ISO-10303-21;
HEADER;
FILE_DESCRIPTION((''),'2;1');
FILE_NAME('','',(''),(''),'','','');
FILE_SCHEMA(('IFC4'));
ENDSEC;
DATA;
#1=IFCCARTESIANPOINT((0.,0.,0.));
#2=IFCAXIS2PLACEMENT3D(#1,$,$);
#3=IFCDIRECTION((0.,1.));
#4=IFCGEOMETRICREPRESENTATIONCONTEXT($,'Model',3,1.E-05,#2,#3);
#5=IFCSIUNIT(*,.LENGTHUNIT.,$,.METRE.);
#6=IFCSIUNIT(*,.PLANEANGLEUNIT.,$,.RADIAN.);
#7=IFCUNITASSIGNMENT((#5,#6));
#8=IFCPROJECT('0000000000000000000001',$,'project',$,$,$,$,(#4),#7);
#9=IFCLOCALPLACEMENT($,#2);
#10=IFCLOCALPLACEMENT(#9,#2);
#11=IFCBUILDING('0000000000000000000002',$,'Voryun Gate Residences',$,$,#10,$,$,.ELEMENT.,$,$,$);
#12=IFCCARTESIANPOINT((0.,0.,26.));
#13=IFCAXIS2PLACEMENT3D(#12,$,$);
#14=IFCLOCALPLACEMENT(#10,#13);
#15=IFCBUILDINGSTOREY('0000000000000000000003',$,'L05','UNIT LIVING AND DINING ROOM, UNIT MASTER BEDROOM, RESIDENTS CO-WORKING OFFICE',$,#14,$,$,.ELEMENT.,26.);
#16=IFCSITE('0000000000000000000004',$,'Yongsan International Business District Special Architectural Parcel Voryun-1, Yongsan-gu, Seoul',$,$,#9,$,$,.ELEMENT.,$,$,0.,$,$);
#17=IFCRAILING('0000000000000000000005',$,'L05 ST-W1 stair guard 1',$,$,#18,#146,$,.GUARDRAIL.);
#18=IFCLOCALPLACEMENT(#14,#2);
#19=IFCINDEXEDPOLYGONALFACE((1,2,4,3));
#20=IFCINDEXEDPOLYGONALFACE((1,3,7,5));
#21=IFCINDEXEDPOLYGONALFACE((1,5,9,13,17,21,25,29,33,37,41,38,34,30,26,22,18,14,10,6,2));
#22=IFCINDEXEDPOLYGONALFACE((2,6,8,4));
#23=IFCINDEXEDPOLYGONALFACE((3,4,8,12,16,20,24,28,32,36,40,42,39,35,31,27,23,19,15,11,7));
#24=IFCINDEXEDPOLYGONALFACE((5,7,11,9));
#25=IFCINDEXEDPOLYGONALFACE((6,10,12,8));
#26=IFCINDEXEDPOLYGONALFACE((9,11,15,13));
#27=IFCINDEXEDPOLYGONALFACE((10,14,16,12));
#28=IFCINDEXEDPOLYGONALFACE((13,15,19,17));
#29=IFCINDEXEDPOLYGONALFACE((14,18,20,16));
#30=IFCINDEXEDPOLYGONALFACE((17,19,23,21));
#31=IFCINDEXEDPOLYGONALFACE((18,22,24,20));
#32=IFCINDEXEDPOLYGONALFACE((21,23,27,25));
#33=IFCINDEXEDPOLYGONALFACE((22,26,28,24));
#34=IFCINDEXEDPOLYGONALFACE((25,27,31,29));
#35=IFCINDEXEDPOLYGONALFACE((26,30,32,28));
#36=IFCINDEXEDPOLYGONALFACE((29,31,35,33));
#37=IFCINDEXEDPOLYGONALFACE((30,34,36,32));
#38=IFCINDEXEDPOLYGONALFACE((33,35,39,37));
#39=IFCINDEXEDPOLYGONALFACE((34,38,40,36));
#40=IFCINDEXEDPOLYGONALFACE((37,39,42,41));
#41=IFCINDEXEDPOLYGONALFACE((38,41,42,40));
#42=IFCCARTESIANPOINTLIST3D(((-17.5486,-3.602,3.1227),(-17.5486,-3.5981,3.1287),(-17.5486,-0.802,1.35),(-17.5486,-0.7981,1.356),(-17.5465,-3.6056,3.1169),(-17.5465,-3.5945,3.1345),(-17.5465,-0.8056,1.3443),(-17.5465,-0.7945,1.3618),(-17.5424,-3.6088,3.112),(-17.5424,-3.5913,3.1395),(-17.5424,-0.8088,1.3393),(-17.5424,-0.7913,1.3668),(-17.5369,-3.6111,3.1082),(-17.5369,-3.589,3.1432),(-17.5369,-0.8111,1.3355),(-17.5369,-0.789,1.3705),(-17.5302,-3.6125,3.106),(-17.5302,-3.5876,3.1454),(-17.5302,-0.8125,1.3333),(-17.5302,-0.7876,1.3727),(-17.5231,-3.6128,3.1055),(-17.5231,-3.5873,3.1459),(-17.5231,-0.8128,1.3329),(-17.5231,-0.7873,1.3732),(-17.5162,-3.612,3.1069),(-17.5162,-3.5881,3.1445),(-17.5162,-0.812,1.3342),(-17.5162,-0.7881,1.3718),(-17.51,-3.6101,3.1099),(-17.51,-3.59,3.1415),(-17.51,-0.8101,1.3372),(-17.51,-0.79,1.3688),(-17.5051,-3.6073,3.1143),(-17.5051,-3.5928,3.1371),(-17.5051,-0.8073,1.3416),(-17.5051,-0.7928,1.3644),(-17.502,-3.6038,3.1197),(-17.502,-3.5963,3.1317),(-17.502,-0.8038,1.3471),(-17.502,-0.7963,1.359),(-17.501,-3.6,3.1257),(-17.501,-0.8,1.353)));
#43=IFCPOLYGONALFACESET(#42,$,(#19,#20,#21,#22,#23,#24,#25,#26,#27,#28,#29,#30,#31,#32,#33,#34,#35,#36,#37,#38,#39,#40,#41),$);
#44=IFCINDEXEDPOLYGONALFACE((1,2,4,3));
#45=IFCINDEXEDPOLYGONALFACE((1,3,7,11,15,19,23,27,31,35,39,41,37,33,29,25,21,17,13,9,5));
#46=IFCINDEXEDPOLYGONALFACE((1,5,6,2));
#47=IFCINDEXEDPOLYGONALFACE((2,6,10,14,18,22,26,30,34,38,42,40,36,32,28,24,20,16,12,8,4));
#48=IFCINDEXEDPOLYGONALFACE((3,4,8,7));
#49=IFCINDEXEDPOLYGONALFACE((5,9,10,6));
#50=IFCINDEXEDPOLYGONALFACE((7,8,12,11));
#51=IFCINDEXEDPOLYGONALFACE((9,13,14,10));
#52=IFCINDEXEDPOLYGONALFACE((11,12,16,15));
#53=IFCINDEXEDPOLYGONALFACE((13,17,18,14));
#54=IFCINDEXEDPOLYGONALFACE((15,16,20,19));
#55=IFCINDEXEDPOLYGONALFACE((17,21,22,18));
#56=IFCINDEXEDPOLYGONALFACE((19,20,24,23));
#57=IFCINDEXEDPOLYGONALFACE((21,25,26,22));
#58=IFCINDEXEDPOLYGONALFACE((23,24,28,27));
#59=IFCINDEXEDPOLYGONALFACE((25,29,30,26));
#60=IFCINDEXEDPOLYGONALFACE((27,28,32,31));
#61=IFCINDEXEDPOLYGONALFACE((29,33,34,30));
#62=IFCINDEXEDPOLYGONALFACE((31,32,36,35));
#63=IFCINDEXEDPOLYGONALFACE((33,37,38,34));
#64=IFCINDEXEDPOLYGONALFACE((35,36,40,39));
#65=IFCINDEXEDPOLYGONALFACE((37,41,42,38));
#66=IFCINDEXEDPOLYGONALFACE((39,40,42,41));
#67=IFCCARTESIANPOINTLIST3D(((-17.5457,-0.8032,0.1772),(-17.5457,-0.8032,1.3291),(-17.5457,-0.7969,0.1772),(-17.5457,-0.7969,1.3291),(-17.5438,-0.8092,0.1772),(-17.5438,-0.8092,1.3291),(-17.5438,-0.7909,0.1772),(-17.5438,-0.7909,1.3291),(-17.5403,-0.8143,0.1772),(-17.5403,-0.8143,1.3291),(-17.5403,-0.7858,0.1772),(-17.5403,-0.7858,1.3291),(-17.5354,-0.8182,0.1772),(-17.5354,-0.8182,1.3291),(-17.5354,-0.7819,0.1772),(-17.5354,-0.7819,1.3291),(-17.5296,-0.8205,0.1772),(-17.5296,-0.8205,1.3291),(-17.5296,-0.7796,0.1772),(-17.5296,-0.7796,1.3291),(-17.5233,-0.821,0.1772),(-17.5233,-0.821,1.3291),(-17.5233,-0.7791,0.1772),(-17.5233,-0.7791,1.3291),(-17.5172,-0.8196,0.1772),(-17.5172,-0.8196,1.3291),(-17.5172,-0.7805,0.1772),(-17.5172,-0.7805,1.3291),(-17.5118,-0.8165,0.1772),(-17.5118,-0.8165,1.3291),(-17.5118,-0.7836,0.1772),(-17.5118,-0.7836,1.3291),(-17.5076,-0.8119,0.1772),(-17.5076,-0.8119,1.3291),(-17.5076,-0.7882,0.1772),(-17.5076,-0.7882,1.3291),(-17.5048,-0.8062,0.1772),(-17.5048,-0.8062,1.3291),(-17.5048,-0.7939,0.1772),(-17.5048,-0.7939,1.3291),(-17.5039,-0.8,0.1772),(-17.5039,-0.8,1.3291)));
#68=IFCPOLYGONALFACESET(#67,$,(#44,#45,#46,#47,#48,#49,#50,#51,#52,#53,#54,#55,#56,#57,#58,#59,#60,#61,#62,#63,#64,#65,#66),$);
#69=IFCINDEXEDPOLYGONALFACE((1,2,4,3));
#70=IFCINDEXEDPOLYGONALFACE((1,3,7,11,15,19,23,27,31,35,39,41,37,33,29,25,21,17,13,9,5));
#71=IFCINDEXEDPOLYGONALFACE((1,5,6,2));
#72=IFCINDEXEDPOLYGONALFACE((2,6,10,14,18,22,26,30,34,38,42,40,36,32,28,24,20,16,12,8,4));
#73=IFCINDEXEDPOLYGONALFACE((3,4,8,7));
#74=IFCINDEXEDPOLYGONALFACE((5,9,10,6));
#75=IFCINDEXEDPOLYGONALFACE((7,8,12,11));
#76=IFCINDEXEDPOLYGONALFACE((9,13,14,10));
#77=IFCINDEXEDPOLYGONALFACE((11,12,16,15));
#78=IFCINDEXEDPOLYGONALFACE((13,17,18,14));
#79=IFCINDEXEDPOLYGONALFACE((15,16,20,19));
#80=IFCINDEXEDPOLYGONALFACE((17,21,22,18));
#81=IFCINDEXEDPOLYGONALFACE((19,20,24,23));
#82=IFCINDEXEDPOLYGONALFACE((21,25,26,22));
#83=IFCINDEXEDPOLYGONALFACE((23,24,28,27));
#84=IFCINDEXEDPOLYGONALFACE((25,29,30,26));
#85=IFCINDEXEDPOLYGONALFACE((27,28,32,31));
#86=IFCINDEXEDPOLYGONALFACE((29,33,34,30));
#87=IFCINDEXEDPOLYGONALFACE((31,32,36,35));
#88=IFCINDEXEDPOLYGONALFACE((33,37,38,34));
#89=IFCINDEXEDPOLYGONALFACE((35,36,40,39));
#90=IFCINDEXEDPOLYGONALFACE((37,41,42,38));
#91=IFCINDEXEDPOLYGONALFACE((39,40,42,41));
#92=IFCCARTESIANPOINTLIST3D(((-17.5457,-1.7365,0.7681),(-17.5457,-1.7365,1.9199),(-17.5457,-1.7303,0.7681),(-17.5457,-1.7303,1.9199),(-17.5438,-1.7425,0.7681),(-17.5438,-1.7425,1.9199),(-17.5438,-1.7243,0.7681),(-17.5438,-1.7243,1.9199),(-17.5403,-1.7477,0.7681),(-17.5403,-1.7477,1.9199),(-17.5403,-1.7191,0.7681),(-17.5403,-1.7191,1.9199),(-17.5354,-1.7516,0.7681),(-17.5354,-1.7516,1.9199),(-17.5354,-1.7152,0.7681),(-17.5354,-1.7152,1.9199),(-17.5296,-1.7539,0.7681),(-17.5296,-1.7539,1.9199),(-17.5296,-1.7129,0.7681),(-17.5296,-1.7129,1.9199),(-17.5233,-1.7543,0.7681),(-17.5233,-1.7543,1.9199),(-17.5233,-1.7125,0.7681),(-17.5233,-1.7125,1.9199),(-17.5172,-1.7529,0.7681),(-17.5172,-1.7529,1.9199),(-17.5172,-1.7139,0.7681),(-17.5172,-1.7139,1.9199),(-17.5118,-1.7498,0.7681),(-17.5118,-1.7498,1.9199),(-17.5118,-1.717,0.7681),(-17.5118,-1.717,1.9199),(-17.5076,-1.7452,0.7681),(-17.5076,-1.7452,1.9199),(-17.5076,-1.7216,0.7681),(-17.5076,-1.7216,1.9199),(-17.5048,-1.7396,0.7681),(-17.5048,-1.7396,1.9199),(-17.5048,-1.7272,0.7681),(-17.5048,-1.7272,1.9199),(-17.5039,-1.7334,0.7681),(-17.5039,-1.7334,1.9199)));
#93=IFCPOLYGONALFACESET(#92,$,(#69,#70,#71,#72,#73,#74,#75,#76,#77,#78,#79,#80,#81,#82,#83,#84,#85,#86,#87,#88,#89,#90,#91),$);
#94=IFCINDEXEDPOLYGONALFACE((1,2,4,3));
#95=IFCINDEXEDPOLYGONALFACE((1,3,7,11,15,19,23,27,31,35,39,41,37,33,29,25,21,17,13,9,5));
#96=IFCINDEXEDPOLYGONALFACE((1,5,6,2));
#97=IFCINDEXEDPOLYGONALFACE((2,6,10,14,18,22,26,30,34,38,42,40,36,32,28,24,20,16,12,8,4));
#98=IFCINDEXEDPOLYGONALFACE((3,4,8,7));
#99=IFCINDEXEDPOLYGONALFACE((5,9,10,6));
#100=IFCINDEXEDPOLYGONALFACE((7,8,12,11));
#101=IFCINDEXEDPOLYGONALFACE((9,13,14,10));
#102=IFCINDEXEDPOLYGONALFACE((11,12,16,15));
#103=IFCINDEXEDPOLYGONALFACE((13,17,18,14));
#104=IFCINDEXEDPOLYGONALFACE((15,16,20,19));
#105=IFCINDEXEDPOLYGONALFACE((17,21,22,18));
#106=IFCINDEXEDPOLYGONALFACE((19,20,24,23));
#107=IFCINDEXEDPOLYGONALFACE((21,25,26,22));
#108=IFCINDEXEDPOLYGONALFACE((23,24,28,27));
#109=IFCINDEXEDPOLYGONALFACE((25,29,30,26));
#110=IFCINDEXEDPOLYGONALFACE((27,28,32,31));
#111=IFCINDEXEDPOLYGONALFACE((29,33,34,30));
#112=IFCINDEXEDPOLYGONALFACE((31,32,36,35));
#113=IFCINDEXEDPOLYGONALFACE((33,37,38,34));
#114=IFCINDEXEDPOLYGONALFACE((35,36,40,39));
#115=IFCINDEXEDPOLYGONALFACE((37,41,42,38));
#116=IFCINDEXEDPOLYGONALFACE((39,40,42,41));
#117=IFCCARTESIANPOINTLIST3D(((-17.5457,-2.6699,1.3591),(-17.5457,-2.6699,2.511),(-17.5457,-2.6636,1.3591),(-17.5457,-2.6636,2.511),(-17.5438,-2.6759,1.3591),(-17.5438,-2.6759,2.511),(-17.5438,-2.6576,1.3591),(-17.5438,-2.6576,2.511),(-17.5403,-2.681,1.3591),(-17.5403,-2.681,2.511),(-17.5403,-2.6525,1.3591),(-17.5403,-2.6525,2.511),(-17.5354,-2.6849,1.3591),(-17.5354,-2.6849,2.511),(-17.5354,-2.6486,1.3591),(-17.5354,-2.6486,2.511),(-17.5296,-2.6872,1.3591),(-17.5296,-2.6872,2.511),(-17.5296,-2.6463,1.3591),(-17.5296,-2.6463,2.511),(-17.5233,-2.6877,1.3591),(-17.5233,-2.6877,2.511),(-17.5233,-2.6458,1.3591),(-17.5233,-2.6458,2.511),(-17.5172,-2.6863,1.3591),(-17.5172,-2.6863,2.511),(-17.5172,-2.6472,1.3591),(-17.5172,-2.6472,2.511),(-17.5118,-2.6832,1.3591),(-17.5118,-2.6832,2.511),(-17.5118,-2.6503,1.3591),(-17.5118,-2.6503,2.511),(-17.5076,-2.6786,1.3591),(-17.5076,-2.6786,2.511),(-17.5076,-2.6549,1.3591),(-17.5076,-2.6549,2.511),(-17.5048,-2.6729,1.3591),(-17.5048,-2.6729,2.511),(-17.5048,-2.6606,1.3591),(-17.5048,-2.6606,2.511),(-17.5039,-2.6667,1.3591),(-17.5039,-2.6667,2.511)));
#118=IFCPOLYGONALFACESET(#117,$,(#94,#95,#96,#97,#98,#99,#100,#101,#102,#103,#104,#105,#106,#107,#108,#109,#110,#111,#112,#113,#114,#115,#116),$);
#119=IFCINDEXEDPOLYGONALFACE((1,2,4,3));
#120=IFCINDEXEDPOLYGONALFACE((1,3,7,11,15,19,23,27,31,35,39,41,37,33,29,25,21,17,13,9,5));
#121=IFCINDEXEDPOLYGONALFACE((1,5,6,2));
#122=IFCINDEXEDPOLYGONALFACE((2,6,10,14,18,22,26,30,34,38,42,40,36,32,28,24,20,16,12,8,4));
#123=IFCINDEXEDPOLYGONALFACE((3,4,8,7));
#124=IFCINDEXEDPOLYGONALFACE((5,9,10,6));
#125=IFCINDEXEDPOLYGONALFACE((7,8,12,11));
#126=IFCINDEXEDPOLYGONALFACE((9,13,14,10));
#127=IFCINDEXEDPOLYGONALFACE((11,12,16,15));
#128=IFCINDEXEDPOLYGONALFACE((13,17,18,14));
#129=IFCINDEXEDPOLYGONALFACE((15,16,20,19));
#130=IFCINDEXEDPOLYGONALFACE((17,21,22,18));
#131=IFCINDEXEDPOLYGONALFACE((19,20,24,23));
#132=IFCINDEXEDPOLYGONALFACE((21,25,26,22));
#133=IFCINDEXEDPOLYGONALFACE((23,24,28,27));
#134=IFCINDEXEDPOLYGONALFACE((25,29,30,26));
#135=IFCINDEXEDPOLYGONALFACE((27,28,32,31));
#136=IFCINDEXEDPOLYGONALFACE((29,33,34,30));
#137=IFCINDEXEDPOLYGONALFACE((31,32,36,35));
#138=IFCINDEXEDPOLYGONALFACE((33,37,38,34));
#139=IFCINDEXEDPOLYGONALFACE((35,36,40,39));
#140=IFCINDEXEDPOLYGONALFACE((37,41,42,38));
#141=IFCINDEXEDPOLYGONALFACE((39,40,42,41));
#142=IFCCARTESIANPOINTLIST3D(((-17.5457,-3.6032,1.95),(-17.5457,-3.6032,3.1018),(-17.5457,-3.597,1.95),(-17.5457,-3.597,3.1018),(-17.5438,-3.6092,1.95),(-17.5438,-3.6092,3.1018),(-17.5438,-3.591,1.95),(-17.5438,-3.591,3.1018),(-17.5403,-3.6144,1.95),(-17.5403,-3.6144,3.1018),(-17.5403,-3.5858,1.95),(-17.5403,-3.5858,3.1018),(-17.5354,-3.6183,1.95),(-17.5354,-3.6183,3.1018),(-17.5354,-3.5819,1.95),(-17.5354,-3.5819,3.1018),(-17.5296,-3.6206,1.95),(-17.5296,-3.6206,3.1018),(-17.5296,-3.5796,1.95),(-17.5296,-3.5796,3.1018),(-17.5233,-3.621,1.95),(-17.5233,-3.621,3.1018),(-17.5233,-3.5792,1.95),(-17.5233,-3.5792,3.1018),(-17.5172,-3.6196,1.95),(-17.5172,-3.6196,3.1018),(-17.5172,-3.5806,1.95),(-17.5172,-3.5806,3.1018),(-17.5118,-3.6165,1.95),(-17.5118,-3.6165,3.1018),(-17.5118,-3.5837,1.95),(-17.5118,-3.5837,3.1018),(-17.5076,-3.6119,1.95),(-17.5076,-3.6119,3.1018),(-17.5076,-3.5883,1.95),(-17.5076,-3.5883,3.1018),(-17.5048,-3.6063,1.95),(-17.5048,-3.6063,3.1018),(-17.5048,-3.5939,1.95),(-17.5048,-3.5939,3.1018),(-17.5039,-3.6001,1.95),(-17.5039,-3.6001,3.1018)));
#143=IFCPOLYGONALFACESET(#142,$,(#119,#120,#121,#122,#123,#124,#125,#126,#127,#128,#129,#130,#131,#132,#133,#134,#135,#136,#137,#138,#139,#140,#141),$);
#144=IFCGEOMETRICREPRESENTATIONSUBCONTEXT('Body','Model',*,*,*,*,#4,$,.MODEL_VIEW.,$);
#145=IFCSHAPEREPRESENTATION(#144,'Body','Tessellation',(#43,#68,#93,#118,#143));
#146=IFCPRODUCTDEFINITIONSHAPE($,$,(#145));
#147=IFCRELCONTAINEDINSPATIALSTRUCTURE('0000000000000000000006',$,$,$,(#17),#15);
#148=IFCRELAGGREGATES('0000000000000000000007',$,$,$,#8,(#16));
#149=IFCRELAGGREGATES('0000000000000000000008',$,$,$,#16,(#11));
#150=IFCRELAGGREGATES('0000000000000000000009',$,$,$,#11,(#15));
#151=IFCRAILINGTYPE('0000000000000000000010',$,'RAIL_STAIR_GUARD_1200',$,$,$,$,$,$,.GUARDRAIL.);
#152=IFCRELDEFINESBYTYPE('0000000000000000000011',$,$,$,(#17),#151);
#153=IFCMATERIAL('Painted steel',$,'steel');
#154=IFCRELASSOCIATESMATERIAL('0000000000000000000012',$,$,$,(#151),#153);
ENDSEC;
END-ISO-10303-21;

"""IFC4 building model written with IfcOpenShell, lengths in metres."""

from ifc_helpers import new_model, si_unit, direction, frame, origin, origin_2d, place, context, subcontext, project, spatial, circle, extrude, material, type_object, element, save


model = new_model("IFC4")

# Units and contexts
model_context = context("Model", 3, precision=1e-05, world=origin(), true_north=direction((0.0, 1.0)))
body_context = subcontext(model_context, "Body", "Model", "MODEL_VIEW")
ifc_project = project(units=[si_unit("LENGTHUNIT", "METRE"), si_unit("PLANEANGLEUNIT", "RADIAN")], contexts=[model_context])

# Site, building, storey
site_placement = place(None, origin())
site = spatial("IfcSite", under=ifc_project, at=site_placement, Name="Yongsan International Business District Special Architectural Parcel Voryun-1, Yongsan-gu, Seoul", CompositionType="ELEMENT", RefElevation=0.0)
building_placement = place(site_placement, origin())
building = spatial("IfcBuilding", under=site, at=building_placement, Name="Voryun Gate Residences", CompositionType="ELEMENT")
storey_placement = place(building_placement, frame((0.0, 0.0, 26.0)))
storey = spatial("IfcBuildingStorey", under=building, at=storey_placement, Name="L05", Description="UNIT LIVING AND DINING ROOM, UNIT MASTER BEDROOM, RESIDENTS CO-WORKING OFFICE", CompositionType="ELEMENT", Elevation=26.0)

# Railing
ifc_material_1 = material(Name="Painted steel", Category="steel")
railing_type_1 = type_object("IfcRailingType", Name="RAIL_STAIR_GUARD_1200", PredefinedType="GUARDRAIL", material=ifc_material_1)
railing_1_placement = place(storey_placement, frame((-17.5249, -0.8, 0.1772)))
element("IfcRailing", 1, at=railing_1_placement, inside=storey, type_object=railing_type_1, Name="L05 ST-W1 stair guard 1", PredefinedType="GUARDRAIL", context=body_context, shape_type="SweptSolid", body=[
    extrude(circle(Radius=0.0239, at=origin_2d()), frame((0.0, 0.0, 1.1758), z_axis=(0.0, -0.844909, 0.53491), x_axis=(1.0, 0.0, 0.0)), (0.0, 0.0, 1.0), 3.314),
    extrude(circle(Radius=0.021, at=origin_2d()), origin(), (0.0, 0.0, 1.0), 1.1519),
    extrude(circle(Radius=0.021, at=origin_2d()), frame((0.0, -0.9333, 0.5908)), (0.0, 0.0, 1.0), 1.1519),
    extrude(circle(Radius=0.021, at=origin_2d()), frame((0.0, -1.8667, 1.1819)), (0.0, 0.0, 1.0), 1.1519),
    extrude(circle(Radius=0.021, at=origin_2d()), frame((0.0, -2.8, 1.7727)), (0.0, 0.0, 1.0), 1.1519),
])

save(model, "model.ifc")
